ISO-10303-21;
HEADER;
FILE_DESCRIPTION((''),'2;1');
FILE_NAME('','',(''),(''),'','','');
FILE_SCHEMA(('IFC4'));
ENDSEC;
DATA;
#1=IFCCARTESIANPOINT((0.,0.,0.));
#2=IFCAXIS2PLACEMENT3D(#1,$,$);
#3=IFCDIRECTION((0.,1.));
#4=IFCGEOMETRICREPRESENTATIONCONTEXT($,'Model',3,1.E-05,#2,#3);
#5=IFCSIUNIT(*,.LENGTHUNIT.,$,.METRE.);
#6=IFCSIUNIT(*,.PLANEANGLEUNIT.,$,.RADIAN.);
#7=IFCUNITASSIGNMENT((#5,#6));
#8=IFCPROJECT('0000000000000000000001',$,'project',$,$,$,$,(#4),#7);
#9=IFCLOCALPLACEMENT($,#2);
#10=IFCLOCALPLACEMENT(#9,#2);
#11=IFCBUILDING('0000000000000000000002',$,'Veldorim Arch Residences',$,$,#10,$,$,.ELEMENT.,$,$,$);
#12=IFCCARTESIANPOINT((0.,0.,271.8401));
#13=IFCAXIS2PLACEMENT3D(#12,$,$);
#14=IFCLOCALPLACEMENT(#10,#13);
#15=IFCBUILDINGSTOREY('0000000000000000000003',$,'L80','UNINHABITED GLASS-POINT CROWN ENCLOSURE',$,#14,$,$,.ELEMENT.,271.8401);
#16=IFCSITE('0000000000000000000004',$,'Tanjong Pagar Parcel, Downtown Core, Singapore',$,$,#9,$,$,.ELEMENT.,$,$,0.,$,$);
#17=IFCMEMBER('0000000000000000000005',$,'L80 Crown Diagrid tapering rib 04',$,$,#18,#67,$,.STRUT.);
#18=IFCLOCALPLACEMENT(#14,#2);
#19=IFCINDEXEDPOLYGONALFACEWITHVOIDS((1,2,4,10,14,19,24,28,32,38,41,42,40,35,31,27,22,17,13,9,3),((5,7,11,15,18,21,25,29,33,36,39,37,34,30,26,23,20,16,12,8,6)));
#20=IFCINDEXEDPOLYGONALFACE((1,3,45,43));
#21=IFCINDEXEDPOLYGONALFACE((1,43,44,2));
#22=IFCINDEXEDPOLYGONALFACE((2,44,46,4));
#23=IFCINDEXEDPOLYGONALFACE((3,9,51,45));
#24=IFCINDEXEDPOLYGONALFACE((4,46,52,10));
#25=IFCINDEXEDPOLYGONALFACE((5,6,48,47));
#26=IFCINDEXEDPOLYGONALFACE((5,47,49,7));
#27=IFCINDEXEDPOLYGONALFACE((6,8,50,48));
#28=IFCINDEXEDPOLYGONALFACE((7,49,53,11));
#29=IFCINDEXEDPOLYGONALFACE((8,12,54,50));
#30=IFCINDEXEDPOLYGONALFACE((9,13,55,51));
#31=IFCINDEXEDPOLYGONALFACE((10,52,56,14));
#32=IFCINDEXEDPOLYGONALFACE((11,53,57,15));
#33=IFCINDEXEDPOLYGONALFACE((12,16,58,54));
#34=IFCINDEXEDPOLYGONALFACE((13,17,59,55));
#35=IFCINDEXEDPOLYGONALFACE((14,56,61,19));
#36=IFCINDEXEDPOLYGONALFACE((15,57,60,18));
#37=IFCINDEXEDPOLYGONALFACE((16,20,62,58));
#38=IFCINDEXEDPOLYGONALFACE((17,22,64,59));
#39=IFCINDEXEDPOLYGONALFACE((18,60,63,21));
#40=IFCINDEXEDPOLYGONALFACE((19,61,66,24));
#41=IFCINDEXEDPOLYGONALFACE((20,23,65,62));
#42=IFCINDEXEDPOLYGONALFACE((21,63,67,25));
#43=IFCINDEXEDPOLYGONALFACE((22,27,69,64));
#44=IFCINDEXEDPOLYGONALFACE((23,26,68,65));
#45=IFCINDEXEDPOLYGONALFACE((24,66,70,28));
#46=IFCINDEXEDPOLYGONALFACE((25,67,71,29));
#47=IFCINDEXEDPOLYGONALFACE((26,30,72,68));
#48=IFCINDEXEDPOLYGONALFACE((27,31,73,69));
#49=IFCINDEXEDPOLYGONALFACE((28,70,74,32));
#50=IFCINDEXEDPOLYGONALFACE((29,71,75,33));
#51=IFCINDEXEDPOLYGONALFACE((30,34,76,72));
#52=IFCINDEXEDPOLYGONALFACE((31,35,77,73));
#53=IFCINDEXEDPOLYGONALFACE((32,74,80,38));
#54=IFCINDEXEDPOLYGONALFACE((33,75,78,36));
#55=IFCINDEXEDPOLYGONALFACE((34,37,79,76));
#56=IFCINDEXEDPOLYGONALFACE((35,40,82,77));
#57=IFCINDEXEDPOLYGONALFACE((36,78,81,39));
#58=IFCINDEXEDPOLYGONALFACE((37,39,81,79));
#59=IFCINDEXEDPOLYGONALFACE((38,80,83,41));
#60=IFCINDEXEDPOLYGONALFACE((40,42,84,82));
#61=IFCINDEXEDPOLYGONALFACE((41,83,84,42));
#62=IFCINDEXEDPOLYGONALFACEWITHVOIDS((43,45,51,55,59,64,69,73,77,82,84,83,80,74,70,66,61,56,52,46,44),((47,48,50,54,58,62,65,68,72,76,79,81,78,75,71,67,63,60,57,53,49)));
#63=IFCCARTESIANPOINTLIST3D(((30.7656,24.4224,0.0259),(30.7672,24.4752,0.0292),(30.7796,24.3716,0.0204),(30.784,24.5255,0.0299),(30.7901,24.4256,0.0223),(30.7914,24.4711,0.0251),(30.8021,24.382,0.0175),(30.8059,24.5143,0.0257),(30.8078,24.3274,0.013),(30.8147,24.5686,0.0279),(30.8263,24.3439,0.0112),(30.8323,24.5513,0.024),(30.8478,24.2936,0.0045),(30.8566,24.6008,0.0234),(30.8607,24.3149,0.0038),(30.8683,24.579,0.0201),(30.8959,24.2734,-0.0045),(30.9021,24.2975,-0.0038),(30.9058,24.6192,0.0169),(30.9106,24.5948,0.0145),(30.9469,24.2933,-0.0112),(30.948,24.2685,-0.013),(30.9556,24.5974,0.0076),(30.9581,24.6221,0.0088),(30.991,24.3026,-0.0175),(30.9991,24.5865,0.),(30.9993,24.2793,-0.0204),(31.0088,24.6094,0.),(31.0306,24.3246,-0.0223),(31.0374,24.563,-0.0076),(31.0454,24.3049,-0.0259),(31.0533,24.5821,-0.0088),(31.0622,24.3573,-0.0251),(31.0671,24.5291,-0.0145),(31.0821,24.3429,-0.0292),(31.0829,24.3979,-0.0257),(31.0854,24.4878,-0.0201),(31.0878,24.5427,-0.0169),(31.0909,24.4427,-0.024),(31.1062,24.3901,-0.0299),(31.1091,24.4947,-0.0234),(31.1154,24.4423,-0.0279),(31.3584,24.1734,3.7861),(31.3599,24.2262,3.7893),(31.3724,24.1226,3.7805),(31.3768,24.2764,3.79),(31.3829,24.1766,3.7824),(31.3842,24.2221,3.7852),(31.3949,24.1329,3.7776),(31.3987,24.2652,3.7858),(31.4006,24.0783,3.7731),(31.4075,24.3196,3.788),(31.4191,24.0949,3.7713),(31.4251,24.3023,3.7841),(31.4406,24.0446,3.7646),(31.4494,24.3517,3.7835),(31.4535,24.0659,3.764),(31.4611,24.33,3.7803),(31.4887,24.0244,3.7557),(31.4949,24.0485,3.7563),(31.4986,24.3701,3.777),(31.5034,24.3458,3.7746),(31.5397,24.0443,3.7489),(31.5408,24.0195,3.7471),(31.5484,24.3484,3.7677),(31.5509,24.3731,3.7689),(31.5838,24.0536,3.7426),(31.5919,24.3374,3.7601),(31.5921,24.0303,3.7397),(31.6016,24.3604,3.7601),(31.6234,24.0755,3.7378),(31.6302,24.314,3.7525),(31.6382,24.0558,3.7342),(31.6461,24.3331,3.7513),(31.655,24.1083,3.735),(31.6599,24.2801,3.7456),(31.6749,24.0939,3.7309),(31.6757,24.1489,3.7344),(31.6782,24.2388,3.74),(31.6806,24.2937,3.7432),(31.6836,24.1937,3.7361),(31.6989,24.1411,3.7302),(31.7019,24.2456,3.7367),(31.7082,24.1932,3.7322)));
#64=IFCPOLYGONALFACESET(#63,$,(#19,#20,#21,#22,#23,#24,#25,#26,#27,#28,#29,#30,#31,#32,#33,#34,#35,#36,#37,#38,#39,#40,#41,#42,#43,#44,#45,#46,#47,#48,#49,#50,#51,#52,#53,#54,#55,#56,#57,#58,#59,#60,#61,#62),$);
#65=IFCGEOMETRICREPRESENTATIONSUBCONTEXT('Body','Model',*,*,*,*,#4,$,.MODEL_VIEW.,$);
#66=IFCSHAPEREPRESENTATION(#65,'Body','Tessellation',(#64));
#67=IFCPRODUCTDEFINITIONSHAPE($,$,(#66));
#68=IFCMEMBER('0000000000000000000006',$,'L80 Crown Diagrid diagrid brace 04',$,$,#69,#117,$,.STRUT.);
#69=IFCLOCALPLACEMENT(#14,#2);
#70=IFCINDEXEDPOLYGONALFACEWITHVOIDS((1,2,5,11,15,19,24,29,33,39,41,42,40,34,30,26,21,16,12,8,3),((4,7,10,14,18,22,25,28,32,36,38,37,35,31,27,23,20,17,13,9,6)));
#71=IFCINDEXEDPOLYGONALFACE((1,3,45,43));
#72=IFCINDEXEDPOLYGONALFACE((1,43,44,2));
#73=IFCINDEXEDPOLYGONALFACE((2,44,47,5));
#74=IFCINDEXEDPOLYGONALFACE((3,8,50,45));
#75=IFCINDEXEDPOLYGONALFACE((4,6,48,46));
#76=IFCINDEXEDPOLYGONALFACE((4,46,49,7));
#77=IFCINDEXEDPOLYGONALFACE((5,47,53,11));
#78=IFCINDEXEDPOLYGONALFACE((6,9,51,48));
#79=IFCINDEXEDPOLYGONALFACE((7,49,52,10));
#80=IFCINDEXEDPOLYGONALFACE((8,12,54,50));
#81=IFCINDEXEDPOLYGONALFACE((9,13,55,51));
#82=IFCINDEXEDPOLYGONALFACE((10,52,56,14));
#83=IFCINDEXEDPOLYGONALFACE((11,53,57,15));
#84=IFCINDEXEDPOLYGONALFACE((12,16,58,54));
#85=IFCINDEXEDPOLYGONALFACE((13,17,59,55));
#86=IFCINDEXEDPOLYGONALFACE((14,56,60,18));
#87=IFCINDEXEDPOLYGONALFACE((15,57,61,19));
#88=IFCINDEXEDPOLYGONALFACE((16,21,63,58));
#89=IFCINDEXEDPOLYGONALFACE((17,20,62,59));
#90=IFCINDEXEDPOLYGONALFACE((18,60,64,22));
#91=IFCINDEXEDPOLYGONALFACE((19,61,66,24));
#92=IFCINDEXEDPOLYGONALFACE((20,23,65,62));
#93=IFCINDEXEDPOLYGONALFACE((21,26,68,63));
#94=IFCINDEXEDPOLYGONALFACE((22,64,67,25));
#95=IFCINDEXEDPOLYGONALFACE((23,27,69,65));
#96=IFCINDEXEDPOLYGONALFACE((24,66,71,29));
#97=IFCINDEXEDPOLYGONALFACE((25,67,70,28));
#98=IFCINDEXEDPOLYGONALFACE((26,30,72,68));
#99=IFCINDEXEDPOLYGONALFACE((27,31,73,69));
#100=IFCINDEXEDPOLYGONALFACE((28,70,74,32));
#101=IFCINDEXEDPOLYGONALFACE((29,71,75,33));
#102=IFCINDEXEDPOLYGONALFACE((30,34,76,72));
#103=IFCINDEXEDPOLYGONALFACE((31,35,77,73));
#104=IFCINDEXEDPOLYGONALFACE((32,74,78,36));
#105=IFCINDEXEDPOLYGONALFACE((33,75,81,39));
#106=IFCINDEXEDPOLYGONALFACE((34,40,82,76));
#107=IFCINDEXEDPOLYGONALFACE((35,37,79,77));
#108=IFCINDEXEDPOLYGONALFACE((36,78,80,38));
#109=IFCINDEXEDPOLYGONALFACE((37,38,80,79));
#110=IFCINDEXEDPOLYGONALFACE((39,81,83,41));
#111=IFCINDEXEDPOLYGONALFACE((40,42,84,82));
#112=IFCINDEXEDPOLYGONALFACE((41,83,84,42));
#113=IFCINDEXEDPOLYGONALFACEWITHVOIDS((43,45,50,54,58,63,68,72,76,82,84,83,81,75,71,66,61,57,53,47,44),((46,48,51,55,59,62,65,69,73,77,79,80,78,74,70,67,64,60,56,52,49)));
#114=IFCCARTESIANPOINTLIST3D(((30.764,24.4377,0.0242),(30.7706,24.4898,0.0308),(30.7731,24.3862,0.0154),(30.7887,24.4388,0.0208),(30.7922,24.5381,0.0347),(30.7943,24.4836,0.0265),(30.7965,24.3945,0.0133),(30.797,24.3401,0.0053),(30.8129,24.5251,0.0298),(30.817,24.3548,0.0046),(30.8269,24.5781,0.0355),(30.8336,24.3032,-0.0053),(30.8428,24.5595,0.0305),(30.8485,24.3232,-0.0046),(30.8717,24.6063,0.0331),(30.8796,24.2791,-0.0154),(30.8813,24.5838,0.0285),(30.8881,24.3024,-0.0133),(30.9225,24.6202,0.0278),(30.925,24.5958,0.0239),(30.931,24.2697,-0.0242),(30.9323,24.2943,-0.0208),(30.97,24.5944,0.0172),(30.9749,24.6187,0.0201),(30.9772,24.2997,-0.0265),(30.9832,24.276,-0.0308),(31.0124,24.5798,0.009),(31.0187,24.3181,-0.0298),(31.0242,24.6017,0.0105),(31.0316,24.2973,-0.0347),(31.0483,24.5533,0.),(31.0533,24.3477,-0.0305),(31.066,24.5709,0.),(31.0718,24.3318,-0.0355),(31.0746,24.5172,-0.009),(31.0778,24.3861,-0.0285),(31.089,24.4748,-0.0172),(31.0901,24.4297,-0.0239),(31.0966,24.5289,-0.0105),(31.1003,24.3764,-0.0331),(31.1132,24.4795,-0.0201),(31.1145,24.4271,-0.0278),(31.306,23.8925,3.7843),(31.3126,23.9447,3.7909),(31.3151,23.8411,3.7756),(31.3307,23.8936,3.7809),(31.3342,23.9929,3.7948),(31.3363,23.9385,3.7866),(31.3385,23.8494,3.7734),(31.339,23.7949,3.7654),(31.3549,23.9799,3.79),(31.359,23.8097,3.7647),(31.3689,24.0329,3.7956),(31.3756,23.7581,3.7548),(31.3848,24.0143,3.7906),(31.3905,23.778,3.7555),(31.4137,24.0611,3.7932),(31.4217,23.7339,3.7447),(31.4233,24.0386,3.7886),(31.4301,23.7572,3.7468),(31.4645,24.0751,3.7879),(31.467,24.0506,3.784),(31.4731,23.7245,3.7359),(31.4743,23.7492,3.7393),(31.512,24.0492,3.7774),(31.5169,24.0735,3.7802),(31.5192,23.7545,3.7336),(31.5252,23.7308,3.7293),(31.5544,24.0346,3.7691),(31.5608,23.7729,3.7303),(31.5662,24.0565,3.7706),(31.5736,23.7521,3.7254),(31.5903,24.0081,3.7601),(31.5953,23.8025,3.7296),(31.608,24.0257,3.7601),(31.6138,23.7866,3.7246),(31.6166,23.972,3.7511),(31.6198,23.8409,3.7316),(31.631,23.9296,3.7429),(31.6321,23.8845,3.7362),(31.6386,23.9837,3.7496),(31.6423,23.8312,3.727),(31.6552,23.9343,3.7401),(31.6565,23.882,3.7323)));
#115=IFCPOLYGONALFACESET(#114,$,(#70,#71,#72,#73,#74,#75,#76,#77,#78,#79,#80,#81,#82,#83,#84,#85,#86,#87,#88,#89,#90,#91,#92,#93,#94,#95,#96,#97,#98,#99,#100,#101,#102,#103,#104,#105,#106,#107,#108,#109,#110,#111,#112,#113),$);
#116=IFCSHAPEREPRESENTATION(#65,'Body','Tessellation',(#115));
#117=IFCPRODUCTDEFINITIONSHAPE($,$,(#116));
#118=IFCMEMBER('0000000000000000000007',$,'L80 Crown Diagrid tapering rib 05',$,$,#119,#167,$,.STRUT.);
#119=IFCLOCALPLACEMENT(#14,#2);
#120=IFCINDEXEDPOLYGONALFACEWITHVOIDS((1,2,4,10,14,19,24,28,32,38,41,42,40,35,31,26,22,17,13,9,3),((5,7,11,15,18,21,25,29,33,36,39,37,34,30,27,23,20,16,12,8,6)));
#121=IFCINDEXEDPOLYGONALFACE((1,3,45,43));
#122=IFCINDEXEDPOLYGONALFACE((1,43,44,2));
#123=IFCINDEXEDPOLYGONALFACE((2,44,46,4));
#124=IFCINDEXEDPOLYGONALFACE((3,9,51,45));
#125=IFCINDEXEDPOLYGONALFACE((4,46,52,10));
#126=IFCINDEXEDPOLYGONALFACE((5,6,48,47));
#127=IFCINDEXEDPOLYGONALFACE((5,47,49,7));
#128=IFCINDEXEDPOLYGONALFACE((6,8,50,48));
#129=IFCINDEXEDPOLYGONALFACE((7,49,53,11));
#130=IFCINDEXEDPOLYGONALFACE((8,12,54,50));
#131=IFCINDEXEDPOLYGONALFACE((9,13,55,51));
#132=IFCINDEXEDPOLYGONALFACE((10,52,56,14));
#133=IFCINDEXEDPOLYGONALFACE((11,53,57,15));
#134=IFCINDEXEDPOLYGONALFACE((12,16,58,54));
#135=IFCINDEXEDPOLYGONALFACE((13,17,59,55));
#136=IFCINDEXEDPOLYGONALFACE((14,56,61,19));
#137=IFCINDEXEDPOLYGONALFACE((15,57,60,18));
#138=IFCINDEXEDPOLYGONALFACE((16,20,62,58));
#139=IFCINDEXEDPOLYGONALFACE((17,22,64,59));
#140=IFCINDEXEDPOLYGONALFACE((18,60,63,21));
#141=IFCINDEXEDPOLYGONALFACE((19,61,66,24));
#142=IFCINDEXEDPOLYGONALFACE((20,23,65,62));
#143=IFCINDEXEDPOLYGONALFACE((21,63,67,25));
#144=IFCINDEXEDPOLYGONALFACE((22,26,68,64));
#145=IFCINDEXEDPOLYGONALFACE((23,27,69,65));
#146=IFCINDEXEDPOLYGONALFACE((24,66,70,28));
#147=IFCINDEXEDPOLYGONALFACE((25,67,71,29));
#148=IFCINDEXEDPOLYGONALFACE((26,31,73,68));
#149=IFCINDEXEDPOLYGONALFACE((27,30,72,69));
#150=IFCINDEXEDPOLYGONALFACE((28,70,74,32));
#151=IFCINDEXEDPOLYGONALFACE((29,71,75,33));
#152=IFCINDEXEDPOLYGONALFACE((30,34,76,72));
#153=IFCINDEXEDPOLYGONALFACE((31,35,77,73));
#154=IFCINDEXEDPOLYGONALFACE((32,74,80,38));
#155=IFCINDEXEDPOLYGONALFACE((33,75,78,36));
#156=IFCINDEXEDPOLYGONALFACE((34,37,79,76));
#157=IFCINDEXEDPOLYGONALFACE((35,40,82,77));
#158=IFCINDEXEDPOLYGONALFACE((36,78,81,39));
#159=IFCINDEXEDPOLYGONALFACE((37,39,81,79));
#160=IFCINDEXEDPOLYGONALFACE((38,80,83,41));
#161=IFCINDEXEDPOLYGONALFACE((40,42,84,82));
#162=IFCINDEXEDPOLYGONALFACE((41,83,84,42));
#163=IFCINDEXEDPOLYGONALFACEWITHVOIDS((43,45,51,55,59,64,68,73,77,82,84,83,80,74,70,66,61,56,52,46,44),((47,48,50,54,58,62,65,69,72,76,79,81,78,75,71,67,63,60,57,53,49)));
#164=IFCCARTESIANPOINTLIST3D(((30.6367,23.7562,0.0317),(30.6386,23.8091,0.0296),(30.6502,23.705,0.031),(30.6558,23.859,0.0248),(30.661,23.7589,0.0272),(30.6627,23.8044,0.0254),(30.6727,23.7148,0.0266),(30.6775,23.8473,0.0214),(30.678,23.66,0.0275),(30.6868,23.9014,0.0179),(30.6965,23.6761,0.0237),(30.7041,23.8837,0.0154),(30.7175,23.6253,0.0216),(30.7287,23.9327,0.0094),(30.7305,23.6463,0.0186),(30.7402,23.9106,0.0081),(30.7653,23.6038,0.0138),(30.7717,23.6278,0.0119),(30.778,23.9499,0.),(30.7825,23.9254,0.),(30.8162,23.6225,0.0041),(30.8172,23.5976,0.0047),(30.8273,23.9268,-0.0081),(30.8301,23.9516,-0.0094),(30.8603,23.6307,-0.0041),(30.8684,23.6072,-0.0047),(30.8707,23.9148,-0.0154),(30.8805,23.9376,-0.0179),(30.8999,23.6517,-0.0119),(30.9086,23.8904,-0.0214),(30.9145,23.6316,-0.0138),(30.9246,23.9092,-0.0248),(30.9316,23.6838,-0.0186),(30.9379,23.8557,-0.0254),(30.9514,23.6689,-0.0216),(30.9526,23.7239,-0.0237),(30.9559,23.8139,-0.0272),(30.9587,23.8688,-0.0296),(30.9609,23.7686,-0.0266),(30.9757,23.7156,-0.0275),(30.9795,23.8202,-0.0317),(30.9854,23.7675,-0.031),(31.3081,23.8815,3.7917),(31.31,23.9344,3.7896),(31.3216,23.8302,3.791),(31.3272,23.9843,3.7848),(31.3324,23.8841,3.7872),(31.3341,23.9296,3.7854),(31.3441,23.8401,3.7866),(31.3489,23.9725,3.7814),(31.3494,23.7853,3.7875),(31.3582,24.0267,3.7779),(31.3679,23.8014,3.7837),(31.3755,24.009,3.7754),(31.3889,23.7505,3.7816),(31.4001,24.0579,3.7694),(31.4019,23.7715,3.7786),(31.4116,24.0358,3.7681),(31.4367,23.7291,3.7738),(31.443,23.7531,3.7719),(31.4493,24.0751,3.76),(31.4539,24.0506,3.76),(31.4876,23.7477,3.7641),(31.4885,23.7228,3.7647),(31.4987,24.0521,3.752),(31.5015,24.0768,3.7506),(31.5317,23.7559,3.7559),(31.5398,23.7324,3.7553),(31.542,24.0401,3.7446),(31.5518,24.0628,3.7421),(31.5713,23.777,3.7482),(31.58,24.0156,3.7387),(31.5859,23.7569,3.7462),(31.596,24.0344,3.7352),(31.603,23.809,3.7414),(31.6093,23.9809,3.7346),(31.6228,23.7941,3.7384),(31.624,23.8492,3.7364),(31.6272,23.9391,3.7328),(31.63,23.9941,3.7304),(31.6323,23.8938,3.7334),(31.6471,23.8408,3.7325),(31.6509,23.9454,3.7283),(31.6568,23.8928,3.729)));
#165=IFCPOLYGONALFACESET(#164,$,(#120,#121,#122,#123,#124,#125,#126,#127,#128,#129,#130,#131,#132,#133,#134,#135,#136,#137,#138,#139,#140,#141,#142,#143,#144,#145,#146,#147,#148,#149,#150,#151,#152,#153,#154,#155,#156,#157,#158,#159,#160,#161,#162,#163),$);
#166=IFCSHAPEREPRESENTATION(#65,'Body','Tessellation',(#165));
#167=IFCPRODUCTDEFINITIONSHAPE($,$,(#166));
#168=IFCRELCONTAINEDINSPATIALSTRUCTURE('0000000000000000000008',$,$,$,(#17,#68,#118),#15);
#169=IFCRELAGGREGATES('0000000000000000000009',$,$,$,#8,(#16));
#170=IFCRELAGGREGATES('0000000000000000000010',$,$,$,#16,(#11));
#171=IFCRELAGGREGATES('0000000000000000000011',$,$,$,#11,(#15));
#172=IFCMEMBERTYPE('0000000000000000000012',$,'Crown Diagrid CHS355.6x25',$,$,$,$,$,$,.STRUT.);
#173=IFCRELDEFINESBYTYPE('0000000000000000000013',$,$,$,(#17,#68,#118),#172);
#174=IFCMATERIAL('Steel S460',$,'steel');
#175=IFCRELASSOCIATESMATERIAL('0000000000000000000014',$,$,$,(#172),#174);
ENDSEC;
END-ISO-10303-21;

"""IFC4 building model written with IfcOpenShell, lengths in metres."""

from ifc_helpers import new_model, si_unit, direction, frame, origin, origin_2d, place, context, subcontext, project, spatial, hollow_circle, extrude, material, material_profile, profile_set, type_object, element, save


model = new_model("IFC4")

# Units and contexts
model_context = context("Model", 3, precision=1e-05, world=origin(), true_north=direction((0.0, 1.0)))
body_context = subcontext(model_context, "Body", "Model", "MODEL_VIEW")
ifc_project = project(units=[si_unit("LENGTHUNIT", "METRE"), si_unit("PLANEANGLEUNIT", "RADIAN")], contexts=[model_context])

# Site, building, storey
site_placement = place(None, origin())
site = spatial("IfcSite", under=ifc_project, at=site_placement, Name="Tanjong Pagar Parcel, Downtown Core, Singapore", CompositionType="ELEMENT", RefElevation=0.0)
building_placement = place(site_placement, origin())
building = spatial("IfcBuilding", under=site, at=building_placement, Name="Veldorim Arch Residences", CompositionType="ELEMENT")
storey_placement = place(building_placement, frame((0.0, 0.0, 271.8401)))
storey = spatial("IfcBuildingStorey", under=building, at=storey_placement, Name="L80", Description="UNINHABITED GLASS-POINT CROWN ENCLOSURE", CompositionType="ELEMENT", Elevation=271.8401)

# Members
ifc_material_1 = material(Name="Steel S460", Category="steel")
ifc_material_profile = material_profile(ifc_material_1, hollow_circle(Radius=0.1777, WallThickness=0.0249, at=origin_2d()), Name="CHS355.6x25")
ifc_profile_set = profile_set([ifc_material_profile], Name="Steel S460")
member_type = type_object("IfcMemberType", Name="Crown Diagrid CHS355.6x25", PredefinedType="STRUT", material=ifc_profile_set)
member_1_placement = place(storey_placement, frame((30.9399, 24.4456, 0.0), z_axis=(0.155397, -0.065282, 0.985693), x_axis=(0.38731, 0.92195, 0.0)))
element("IfcMember", 1, at=member_1_placement, inside=storey, type_object=member_type, Name="L80 Crown Diagrid tapering rib 04", PredefinedType="STRUT", context=body_context, shape_type="SweptSolid", body=[
    extrude(hollow_circle(Radius=0.1777, WallThickness=0.0249, at=origin_2d()), origin(), (0.0, 0.0, 1.0), 3.8147),
])
member_2_placement = place(storey_placement, frame((30.9399, 24.4456, 0.0), z_axis=(0.141225, -0.142052, 0.979733), x_axis=(0.709168, 0.705039, 0.0)))
element("IfcMember", 2, at=member_2_placement, inside=storey, type_object=member_type, Name="L80 Crown Diagrid diagrid brace 04", PredefinedType="STRUT", context=body_context, shape_type="SweptSolid", body=[
    extrude(hollow_circle(Radius=0.1777, WallThickness=0.0249, at=origin_2d()), origin(), (0.0, 0.0, 1.0), 3.8379),
])
member_3_placement = place(storey_placement, frame((30.8105, 23.7751, 0.0), z_axis=(0.175685, 0.032773, 0.983901), x_axis=(-0.183382, 0.983042, 0.0)))
element("IfcMember", 3, at=member_3_placement, inside=storey, type_object=member_type, Name="L80 Crown Diagrid tapering rib 05", PredefinedType="STRUT", context=body_context, shape_type="SweptSolid", body=[
    extrude(hollow_circle(Radius=0.1777, WallThickness=0.0249, at=origin_2d()), origin(), (0.0, 0.0, 1.0), 3.8215),
])

save(model, "model.ifc")
